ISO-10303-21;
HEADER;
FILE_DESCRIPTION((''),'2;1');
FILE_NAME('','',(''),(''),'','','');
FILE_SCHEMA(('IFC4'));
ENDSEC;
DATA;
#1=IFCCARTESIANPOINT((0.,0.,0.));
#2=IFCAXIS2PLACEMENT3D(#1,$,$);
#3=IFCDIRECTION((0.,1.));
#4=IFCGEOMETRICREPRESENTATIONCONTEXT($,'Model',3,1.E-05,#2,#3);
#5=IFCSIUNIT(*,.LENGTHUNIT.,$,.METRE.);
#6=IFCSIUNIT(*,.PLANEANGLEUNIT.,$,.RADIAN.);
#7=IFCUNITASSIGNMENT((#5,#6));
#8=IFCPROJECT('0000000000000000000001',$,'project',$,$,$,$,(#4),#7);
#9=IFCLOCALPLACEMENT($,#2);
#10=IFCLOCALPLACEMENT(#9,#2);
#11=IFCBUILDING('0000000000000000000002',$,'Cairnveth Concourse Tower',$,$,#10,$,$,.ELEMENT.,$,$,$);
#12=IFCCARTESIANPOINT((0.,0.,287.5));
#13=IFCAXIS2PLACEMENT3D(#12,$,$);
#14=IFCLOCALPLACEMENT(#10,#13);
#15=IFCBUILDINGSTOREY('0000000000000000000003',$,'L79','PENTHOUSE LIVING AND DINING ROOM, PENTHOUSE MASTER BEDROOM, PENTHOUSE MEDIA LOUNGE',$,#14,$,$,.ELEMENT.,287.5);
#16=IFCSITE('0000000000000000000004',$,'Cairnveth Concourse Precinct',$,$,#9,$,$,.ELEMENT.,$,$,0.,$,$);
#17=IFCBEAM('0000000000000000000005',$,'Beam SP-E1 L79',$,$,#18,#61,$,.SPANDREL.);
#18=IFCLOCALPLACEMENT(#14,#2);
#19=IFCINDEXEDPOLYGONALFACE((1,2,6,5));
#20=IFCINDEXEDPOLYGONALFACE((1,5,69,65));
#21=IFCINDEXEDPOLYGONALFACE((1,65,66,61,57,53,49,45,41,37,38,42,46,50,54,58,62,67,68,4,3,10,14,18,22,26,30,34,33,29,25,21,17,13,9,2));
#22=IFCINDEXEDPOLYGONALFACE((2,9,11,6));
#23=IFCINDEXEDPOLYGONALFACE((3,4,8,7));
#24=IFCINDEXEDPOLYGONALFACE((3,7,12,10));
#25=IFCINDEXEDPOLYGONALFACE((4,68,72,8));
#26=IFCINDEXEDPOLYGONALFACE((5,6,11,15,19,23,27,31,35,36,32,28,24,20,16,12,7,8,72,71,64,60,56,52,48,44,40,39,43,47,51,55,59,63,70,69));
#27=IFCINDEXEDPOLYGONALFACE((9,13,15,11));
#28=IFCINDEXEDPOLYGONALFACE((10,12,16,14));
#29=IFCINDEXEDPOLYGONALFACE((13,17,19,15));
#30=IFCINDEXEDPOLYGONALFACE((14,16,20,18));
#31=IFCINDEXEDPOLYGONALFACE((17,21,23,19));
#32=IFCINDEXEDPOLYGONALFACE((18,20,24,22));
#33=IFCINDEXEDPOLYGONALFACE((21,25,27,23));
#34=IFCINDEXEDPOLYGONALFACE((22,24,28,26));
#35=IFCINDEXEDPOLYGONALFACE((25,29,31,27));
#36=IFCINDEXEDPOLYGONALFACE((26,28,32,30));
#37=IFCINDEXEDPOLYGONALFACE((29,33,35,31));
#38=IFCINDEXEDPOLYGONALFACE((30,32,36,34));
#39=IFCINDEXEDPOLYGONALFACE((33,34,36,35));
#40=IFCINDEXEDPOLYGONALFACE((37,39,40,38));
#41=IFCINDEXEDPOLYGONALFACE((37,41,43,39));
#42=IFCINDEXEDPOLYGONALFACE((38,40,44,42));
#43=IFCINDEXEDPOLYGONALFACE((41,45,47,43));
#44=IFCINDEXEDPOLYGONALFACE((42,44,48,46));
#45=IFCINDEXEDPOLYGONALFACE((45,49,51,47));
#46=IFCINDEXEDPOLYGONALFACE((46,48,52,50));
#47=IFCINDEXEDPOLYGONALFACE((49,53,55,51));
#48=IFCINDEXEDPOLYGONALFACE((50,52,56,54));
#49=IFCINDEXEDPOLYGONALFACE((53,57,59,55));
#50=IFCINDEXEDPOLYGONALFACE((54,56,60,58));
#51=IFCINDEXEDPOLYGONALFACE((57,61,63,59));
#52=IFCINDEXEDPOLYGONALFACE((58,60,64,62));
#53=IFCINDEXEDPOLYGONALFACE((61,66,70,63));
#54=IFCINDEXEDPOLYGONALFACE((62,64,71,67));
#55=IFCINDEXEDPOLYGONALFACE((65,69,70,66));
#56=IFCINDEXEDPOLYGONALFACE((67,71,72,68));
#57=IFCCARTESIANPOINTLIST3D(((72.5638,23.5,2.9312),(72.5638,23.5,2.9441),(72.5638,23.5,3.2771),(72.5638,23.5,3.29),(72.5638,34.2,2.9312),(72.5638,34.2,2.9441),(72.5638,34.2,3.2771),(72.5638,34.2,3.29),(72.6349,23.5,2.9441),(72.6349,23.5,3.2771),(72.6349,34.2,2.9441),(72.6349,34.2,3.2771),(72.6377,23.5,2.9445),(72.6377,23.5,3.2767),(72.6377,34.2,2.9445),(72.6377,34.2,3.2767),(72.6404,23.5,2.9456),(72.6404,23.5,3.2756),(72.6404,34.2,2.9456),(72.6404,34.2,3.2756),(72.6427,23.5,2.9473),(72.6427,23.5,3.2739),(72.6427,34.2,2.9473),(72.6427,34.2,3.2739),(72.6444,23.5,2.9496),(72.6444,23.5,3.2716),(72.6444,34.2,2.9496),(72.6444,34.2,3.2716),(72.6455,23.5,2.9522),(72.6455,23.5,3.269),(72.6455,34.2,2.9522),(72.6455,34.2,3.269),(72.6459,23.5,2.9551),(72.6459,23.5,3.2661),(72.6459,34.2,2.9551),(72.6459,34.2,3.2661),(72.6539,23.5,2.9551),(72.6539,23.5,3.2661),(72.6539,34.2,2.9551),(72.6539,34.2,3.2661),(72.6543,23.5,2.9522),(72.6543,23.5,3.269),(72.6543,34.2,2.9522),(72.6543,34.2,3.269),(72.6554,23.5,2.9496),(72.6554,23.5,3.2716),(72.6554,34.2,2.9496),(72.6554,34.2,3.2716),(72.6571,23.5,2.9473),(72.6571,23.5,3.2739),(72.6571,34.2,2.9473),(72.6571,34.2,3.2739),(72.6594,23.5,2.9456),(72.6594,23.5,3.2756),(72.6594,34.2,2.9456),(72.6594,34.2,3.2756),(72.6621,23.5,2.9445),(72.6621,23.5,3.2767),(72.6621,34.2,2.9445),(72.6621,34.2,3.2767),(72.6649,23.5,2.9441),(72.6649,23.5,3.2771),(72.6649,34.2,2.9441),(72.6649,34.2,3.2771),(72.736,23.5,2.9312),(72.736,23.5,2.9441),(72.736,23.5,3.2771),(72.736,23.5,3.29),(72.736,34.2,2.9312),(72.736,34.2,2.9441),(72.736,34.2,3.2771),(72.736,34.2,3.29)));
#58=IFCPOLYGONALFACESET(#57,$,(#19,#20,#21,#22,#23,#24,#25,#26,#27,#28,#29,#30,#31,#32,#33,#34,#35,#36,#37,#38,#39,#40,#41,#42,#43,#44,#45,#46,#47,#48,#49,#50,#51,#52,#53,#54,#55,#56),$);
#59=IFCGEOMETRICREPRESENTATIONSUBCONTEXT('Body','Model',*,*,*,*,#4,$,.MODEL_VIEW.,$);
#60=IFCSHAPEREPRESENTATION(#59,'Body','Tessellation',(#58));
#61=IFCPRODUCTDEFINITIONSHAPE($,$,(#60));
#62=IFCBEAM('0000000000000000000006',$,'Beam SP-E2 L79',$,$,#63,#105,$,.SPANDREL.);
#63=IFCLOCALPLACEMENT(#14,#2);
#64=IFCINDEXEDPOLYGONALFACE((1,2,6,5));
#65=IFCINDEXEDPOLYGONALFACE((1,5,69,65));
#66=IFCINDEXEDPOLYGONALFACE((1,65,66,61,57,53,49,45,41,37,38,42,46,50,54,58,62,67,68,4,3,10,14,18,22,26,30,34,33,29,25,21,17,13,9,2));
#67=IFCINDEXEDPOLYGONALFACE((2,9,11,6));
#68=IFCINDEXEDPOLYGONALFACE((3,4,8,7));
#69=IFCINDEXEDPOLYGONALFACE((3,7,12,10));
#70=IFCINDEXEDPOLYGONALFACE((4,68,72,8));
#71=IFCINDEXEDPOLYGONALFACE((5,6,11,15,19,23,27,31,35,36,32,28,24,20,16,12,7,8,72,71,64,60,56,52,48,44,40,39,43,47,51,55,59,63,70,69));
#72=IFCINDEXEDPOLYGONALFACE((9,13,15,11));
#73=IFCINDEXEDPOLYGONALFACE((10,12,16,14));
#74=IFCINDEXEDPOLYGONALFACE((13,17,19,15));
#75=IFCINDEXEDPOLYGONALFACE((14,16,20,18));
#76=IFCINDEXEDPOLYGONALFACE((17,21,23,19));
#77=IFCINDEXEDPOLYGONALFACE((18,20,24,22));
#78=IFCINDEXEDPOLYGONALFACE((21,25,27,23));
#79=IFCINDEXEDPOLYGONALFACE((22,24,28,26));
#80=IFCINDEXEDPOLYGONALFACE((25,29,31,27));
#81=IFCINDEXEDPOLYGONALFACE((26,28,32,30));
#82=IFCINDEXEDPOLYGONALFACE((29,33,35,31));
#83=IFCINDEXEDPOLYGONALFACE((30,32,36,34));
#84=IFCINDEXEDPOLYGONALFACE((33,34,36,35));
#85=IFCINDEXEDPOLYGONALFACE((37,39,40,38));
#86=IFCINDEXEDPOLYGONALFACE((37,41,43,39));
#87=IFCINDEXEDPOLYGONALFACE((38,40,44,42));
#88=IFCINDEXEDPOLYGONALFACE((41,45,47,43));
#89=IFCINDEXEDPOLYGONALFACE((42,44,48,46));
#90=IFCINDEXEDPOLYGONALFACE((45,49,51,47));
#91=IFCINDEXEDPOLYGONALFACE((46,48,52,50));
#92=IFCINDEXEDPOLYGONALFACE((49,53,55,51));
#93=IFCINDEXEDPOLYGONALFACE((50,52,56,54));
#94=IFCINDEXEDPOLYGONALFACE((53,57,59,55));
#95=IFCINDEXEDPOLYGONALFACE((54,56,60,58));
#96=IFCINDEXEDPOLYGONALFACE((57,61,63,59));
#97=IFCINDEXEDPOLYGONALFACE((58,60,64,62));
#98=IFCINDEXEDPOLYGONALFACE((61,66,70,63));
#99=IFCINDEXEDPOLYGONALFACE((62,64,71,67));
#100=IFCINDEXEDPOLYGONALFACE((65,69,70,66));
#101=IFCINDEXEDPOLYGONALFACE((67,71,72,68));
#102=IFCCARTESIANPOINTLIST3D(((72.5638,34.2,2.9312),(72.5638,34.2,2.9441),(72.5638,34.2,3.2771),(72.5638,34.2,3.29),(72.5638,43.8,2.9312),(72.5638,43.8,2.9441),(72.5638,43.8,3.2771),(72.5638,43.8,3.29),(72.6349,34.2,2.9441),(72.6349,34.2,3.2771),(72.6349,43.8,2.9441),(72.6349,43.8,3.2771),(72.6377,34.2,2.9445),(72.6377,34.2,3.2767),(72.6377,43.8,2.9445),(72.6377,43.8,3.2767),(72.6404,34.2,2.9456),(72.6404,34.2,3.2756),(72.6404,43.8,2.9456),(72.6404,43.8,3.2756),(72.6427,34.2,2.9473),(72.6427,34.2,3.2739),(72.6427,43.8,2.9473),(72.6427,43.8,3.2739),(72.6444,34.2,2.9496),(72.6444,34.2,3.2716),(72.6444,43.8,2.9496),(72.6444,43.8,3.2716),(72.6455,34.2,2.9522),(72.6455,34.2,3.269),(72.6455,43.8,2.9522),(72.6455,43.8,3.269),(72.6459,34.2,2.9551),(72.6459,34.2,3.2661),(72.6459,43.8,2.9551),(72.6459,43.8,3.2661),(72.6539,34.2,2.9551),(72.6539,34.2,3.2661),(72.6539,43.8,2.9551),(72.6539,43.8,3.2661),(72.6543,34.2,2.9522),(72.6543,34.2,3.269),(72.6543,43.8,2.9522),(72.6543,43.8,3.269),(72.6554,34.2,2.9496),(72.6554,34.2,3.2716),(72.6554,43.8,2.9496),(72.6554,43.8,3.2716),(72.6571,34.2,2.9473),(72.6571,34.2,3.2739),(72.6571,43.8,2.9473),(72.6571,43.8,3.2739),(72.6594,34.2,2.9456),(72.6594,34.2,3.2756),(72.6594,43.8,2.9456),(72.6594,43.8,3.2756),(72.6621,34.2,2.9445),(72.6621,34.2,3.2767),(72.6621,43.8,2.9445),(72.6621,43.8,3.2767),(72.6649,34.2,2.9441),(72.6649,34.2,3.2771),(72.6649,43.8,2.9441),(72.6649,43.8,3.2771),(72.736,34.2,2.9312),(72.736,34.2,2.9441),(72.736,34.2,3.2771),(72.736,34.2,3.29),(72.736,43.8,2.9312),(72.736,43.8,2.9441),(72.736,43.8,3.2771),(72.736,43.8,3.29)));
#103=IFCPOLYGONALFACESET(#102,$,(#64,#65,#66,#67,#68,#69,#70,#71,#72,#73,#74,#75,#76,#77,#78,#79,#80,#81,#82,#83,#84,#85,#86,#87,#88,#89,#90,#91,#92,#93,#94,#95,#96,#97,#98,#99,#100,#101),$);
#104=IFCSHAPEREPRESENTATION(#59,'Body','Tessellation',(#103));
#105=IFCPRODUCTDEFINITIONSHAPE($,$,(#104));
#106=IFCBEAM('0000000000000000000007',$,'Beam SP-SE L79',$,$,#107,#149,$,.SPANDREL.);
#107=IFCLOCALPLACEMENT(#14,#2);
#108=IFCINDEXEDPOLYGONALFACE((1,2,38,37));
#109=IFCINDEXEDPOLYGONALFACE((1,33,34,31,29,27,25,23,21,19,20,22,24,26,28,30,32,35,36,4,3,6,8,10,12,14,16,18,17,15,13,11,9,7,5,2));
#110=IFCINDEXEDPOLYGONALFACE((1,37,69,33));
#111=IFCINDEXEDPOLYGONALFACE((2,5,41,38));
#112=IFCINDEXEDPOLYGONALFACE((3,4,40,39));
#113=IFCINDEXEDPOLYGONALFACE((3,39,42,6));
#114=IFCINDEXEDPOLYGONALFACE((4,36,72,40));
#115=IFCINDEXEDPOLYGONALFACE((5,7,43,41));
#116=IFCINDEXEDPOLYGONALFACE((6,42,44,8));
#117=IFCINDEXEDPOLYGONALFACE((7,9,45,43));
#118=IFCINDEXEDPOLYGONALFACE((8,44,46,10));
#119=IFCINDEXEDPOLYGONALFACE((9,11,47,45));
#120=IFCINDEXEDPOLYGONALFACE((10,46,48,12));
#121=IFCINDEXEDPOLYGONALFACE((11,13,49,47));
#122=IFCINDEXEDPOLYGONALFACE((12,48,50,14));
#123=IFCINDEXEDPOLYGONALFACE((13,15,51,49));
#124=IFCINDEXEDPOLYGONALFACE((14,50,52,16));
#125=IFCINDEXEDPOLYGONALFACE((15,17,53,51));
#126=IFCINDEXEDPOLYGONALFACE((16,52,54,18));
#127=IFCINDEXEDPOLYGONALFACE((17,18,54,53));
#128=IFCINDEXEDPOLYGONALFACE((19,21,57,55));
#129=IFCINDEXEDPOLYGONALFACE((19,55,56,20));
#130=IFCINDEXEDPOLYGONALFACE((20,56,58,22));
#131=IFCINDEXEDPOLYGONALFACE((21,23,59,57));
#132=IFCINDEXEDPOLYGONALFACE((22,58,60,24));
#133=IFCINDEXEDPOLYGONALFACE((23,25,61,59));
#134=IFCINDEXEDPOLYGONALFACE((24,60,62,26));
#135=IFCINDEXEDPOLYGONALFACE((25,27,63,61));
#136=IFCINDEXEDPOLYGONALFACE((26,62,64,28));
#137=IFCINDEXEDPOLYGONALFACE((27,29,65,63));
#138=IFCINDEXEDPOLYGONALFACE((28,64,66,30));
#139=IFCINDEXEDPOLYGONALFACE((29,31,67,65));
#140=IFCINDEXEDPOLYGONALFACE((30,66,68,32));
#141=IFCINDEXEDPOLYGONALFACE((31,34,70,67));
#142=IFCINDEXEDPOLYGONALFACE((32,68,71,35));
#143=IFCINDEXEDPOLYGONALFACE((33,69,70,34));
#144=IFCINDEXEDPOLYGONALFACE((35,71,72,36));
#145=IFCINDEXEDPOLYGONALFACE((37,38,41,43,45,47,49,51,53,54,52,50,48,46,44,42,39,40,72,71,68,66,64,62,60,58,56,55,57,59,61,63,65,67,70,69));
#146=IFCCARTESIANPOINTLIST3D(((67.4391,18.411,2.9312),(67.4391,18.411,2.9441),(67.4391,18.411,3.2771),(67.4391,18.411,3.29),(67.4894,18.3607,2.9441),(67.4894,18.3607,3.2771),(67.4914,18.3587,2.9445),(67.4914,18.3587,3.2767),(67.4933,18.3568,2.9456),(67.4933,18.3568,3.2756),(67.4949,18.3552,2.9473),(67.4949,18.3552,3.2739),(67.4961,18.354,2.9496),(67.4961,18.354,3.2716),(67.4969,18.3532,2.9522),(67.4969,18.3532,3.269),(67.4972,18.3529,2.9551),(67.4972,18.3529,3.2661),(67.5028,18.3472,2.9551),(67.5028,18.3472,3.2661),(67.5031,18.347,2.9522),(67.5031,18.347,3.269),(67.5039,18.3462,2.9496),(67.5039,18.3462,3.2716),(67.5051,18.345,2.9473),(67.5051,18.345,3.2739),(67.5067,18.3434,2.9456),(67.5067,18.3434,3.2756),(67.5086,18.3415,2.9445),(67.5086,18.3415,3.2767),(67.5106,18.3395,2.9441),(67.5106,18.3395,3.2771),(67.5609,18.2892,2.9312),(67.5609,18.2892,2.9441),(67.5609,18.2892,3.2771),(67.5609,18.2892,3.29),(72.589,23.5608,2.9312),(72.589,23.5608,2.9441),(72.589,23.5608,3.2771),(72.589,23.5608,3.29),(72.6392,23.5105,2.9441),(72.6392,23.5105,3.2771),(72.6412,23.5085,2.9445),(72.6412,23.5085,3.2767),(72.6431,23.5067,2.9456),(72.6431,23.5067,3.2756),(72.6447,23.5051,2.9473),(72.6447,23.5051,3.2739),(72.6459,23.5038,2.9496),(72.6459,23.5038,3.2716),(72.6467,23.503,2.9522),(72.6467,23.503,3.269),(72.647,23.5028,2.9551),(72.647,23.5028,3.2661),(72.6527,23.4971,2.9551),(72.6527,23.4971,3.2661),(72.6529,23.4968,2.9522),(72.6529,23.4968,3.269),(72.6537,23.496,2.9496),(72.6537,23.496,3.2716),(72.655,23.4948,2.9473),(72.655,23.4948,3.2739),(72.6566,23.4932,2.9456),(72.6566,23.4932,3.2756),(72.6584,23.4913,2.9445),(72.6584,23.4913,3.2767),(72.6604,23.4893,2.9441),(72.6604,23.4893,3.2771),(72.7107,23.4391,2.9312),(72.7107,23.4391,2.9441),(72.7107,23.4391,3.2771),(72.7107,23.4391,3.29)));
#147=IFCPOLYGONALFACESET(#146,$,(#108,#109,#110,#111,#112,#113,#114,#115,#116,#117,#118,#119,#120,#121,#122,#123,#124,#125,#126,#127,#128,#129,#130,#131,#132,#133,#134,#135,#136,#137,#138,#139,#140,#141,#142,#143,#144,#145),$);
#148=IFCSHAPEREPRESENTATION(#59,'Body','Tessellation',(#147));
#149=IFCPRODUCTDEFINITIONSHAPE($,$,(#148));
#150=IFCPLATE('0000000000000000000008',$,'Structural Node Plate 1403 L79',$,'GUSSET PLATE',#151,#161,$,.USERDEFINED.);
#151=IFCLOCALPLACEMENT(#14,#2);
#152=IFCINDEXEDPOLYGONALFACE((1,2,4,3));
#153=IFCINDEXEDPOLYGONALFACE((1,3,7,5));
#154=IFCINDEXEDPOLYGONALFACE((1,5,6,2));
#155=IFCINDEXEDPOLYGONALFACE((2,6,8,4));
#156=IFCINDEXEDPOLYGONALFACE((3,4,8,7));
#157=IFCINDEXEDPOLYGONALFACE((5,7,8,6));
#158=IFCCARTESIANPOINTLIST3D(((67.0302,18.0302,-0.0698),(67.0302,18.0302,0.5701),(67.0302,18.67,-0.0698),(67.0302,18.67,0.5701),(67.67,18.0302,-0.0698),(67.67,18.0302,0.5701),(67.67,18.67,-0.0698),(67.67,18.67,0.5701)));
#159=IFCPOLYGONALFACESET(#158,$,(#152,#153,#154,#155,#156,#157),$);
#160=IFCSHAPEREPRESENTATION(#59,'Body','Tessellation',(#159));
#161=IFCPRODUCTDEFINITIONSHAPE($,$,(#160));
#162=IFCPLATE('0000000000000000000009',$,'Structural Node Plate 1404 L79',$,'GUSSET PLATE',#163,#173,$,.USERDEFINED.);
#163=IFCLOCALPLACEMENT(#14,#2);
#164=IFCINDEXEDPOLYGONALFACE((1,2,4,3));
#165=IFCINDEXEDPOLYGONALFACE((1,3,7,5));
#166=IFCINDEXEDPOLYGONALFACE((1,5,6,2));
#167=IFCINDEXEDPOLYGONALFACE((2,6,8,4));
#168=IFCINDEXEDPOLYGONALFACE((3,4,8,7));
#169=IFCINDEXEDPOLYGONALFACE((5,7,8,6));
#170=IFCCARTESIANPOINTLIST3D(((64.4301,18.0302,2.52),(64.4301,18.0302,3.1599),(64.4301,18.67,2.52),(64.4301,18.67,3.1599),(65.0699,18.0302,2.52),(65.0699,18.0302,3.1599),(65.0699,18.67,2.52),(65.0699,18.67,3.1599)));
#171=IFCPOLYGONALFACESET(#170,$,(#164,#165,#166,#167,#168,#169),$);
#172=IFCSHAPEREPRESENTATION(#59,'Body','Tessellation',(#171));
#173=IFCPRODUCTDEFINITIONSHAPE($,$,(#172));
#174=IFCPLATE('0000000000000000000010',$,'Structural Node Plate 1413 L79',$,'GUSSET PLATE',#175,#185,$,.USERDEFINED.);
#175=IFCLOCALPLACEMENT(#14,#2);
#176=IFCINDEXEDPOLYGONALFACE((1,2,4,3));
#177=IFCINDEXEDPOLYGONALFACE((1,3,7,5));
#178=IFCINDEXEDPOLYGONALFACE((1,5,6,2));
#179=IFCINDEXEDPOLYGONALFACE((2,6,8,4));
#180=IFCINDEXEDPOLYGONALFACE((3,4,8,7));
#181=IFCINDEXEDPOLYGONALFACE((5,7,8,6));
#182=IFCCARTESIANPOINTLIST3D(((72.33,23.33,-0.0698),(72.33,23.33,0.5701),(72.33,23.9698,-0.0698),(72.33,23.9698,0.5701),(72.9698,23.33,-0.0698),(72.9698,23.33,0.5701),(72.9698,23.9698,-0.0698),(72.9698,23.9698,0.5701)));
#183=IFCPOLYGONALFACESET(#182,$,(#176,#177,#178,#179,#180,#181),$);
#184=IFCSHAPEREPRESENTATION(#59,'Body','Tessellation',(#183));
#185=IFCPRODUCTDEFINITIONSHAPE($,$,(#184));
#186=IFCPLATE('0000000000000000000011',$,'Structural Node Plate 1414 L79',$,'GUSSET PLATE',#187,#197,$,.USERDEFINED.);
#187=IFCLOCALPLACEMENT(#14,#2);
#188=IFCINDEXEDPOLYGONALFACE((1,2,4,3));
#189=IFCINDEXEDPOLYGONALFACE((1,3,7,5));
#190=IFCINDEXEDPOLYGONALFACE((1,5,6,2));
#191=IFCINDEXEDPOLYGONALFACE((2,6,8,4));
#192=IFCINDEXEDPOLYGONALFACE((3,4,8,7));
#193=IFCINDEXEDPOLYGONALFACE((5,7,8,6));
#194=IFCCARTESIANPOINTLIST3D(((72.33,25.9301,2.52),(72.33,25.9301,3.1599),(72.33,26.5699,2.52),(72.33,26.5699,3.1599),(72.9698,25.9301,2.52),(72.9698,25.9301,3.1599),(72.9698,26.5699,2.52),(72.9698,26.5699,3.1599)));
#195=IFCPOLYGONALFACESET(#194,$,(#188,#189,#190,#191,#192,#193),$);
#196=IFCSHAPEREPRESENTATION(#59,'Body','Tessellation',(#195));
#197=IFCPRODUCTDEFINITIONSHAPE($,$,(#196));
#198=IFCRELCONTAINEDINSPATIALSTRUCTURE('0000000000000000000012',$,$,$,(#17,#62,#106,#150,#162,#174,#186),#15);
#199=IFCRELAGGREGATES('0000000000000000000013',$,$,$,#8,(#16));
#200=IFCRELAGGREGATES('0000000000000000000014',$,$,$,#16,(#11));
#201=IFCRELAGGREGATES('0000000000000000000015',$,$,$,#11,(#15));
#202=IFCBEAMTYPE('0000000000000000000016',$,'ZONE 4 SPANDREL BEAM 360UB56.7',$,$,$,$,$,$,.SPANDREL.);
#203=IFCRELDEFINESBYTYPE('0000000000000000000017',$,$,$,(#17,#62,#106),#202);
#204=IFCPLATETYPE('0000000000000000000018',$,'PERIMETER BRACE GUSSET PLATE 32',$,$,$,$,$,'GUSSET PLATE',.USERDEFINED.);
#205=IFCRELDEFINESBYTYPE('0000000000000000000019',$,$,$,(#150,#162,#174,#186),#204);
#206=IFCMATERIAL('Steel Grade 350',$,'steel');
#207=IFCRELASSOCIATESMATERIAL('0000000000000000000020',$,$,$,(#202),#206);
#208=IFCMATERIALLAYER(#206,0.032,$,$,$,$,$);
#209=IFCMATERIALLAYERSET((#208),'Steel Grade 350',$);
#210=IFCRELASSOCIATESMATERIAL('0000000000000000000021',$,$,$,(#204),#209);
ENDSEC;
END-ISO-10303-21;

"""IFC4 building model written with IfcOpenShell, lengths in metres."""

from ifc_helpers import new_model, si_unit, direction, frame, origin, origin_2d, place, context, subcontext, project, spatial, rectangle, i_section, extrude, material, layer, layer_set, material_profile, profile_set, type_object, element, save


model = new_model("IFC4")

# Units and contexts
model_context = context("Model", 3, precision=1e-05, world=origin(), true_north=direction((0.0, 1.0)))
body_context = subcontext(model_context, "Body", "Model", "MODEL_VIEW")
ifc_project = project(units=[si_unit("LENGTHUNIT", "METRE"), si_unit("PLANEANGLEUNIT", "RADIAN")], contexts=[model_context])

# Site, building, storey
site_placement = place(None, origin())
site = spatial("IfcSite", under=ifc_project, at=site_placement, Name="Cairnveth Concourse Precinct", CompositionType="ELEMENT", RefElevation=0.0)
building_placement = place(site_placement, origin())
building = spatial("IfcBuilding", under=site, at=building_placement, Name="Cairnveth Concourse Tower", CompositionType="ELEMENT")
storey_placement = place(building_placement, frame((0.0, 0.0, 287.5)))
storey = spatial("IfcBuildingStorey", under=building, at=storey_placement, Name="L79", Description="PENTHOUSE LIVING AND DINING ROOM, PENTHOUSE MASTER BEDROOM, PENTHOUSE MEDIA LOUNGE", CompositionType="ELEMENT", Elevation=287.5)

# Shared definitions
ifc_material_1 = material(Name="Steel Grade 350", Category="steel")

# Beams
ifc_material_profile_1 = material_profile(ifc_material_1, i_section(OverallWidth=0.1721, OverallDepth=0.3589, WebThickness=0.0081, FlangeThickness=0.0129, FilletRadius=0.011, at=origin_2d()), Name="360UB56.7")
ifc_profile_set_1 = profile_set([ifc_material_profile_1], Name="Steel Grade 350")
beam_type_1 = type_object("IfcBeamType", Name="ZONE 4 SPANDREL BEAM 360UB56.7", PredefinedType="SPANDREL", material=ifc_profile_set_1)
beam_1_placement = place(storey_placement, frame((72.6499, 23.5, 3.1106), z_axis=(0.0, 1.0, 0.0), x_axis=(-1.0, 0.0, 0.0)))
element("IfcBeam", 1, at=beam_1_placement, inside=storey, type_object=beam_type_1, Name="Beam SP-E1 L79", PredefinedType="SPANDREL", context=body_context, shape_type="SweptSolid", body=[
    extrude(i_section(OverallWidth=0.1721, OverallDepth=0.3589, WebThickness=0.0081, FlangeThickness=0.0129, FilletRadius=0.011, at=origin_2d()), origin(), (0.0, 0.0, 1.0), 10.7),
])
beam_2_placement = place(storey_placement, frame((72.6499, 34.2, 3.1106), z_axis=(0.0, 1.0, 0.0), x_axis=(-1.0, 0.0, 0.0)))
element("IfcBeam", 2, at=beam_2_placement, inside=storey, type_object=beam_type_1, Name="Beam SP-E2 L79", PredefinedType="SPANDREL", context=body_context, shape_type="SweptSolid", body=[
    extrude(i_section(OverallWidth=0.1721, OverallDepth=0.3589, WebThickness=0.0081, FlangeThickness=0.0129, FilletRadius=0.011, at=origin_2d()), origin(), (0.0, 0.0, 1.0), 9.6001),
])
beam_3_placement = place(storey_placement, frame((67.5, 18.3501, 3.1106), z_axis=(0.707107, 0.707107, 0.0), x_axis=(-0.707107, 0.707107, 0.0)))
element("IfcBeam", 3, at=beam_3_placement, inside=storey, type_object=beam_type_1, Name="Beam SP-SE L79", PredefinedType="SPANDREL", context=body_context, shape_type="SweptSolid", body=[
    extrude(i_section(OverallWidth=0.1721, OverallDepth=0.3589, WebThickness=0.0081, FlangeThickness=0.0129, FilletRadius=0.011, at=origin_2d()), origin(), (0.0, 0.0, 1.0), 7.283),
])

# Plates
ifc_layer_1 = layer(ifc_material_1, 0.032)
ifc_layer_set_1 = layer_set([ifc_layer_1], Name="Steel Grade 350")
plate_type = type_object("IfcPlateType", Name="PERIMETER BRACE GUSSET PLATE 32", ElementType="GUSSET PLATE", PredefinedType="USERDEFINED", material=ifc_layer_set_1)
for number, where, z_axis, x_axis, name in (
    (4, (67.3501, 18.3501, -0.0698), (0.0, 0.0, 1.0), (1.0, 0.0, 0.0), "Structural Node Plate 1403 L79"),
    (5, (64.75, 18.3501, 2.52), (0.0, 0.0, 1.0), (1.0, 0.0, 0.0), "Structural Node Plate 1404 L79"),
    (6, (72.6499, 23.6499, -0.0698), (0.0, 0.0, 1.0), (1.0, 0.0, 0.0), "Structural Node Plate 1413 L79"),
    (7, (72.6499, 26.25, 2.52), (0.0, 0.0, 1.0), (1.0, 0.0, 0.0), "Structural Node Plate 1414 L79"),
):
    element("IfcPlate", number, at=place(storey_placement, frame(where, z_axis=z_axis, x_axis=x_axis)), inside=storey, type_object=plate_type, Name=name, ObjectType="GUSSET PLATE", PredefinedType="USERDEFINED", context=body_context, shape_type="SweptSolid", body=[
        extrude(rectangle(XDim=0.6399, YDim=0.6399, at=origin_2d()), origin(), (0.0, 0.0, 1.0), 0.6399),
    ])

save(model, "model.ifc")
